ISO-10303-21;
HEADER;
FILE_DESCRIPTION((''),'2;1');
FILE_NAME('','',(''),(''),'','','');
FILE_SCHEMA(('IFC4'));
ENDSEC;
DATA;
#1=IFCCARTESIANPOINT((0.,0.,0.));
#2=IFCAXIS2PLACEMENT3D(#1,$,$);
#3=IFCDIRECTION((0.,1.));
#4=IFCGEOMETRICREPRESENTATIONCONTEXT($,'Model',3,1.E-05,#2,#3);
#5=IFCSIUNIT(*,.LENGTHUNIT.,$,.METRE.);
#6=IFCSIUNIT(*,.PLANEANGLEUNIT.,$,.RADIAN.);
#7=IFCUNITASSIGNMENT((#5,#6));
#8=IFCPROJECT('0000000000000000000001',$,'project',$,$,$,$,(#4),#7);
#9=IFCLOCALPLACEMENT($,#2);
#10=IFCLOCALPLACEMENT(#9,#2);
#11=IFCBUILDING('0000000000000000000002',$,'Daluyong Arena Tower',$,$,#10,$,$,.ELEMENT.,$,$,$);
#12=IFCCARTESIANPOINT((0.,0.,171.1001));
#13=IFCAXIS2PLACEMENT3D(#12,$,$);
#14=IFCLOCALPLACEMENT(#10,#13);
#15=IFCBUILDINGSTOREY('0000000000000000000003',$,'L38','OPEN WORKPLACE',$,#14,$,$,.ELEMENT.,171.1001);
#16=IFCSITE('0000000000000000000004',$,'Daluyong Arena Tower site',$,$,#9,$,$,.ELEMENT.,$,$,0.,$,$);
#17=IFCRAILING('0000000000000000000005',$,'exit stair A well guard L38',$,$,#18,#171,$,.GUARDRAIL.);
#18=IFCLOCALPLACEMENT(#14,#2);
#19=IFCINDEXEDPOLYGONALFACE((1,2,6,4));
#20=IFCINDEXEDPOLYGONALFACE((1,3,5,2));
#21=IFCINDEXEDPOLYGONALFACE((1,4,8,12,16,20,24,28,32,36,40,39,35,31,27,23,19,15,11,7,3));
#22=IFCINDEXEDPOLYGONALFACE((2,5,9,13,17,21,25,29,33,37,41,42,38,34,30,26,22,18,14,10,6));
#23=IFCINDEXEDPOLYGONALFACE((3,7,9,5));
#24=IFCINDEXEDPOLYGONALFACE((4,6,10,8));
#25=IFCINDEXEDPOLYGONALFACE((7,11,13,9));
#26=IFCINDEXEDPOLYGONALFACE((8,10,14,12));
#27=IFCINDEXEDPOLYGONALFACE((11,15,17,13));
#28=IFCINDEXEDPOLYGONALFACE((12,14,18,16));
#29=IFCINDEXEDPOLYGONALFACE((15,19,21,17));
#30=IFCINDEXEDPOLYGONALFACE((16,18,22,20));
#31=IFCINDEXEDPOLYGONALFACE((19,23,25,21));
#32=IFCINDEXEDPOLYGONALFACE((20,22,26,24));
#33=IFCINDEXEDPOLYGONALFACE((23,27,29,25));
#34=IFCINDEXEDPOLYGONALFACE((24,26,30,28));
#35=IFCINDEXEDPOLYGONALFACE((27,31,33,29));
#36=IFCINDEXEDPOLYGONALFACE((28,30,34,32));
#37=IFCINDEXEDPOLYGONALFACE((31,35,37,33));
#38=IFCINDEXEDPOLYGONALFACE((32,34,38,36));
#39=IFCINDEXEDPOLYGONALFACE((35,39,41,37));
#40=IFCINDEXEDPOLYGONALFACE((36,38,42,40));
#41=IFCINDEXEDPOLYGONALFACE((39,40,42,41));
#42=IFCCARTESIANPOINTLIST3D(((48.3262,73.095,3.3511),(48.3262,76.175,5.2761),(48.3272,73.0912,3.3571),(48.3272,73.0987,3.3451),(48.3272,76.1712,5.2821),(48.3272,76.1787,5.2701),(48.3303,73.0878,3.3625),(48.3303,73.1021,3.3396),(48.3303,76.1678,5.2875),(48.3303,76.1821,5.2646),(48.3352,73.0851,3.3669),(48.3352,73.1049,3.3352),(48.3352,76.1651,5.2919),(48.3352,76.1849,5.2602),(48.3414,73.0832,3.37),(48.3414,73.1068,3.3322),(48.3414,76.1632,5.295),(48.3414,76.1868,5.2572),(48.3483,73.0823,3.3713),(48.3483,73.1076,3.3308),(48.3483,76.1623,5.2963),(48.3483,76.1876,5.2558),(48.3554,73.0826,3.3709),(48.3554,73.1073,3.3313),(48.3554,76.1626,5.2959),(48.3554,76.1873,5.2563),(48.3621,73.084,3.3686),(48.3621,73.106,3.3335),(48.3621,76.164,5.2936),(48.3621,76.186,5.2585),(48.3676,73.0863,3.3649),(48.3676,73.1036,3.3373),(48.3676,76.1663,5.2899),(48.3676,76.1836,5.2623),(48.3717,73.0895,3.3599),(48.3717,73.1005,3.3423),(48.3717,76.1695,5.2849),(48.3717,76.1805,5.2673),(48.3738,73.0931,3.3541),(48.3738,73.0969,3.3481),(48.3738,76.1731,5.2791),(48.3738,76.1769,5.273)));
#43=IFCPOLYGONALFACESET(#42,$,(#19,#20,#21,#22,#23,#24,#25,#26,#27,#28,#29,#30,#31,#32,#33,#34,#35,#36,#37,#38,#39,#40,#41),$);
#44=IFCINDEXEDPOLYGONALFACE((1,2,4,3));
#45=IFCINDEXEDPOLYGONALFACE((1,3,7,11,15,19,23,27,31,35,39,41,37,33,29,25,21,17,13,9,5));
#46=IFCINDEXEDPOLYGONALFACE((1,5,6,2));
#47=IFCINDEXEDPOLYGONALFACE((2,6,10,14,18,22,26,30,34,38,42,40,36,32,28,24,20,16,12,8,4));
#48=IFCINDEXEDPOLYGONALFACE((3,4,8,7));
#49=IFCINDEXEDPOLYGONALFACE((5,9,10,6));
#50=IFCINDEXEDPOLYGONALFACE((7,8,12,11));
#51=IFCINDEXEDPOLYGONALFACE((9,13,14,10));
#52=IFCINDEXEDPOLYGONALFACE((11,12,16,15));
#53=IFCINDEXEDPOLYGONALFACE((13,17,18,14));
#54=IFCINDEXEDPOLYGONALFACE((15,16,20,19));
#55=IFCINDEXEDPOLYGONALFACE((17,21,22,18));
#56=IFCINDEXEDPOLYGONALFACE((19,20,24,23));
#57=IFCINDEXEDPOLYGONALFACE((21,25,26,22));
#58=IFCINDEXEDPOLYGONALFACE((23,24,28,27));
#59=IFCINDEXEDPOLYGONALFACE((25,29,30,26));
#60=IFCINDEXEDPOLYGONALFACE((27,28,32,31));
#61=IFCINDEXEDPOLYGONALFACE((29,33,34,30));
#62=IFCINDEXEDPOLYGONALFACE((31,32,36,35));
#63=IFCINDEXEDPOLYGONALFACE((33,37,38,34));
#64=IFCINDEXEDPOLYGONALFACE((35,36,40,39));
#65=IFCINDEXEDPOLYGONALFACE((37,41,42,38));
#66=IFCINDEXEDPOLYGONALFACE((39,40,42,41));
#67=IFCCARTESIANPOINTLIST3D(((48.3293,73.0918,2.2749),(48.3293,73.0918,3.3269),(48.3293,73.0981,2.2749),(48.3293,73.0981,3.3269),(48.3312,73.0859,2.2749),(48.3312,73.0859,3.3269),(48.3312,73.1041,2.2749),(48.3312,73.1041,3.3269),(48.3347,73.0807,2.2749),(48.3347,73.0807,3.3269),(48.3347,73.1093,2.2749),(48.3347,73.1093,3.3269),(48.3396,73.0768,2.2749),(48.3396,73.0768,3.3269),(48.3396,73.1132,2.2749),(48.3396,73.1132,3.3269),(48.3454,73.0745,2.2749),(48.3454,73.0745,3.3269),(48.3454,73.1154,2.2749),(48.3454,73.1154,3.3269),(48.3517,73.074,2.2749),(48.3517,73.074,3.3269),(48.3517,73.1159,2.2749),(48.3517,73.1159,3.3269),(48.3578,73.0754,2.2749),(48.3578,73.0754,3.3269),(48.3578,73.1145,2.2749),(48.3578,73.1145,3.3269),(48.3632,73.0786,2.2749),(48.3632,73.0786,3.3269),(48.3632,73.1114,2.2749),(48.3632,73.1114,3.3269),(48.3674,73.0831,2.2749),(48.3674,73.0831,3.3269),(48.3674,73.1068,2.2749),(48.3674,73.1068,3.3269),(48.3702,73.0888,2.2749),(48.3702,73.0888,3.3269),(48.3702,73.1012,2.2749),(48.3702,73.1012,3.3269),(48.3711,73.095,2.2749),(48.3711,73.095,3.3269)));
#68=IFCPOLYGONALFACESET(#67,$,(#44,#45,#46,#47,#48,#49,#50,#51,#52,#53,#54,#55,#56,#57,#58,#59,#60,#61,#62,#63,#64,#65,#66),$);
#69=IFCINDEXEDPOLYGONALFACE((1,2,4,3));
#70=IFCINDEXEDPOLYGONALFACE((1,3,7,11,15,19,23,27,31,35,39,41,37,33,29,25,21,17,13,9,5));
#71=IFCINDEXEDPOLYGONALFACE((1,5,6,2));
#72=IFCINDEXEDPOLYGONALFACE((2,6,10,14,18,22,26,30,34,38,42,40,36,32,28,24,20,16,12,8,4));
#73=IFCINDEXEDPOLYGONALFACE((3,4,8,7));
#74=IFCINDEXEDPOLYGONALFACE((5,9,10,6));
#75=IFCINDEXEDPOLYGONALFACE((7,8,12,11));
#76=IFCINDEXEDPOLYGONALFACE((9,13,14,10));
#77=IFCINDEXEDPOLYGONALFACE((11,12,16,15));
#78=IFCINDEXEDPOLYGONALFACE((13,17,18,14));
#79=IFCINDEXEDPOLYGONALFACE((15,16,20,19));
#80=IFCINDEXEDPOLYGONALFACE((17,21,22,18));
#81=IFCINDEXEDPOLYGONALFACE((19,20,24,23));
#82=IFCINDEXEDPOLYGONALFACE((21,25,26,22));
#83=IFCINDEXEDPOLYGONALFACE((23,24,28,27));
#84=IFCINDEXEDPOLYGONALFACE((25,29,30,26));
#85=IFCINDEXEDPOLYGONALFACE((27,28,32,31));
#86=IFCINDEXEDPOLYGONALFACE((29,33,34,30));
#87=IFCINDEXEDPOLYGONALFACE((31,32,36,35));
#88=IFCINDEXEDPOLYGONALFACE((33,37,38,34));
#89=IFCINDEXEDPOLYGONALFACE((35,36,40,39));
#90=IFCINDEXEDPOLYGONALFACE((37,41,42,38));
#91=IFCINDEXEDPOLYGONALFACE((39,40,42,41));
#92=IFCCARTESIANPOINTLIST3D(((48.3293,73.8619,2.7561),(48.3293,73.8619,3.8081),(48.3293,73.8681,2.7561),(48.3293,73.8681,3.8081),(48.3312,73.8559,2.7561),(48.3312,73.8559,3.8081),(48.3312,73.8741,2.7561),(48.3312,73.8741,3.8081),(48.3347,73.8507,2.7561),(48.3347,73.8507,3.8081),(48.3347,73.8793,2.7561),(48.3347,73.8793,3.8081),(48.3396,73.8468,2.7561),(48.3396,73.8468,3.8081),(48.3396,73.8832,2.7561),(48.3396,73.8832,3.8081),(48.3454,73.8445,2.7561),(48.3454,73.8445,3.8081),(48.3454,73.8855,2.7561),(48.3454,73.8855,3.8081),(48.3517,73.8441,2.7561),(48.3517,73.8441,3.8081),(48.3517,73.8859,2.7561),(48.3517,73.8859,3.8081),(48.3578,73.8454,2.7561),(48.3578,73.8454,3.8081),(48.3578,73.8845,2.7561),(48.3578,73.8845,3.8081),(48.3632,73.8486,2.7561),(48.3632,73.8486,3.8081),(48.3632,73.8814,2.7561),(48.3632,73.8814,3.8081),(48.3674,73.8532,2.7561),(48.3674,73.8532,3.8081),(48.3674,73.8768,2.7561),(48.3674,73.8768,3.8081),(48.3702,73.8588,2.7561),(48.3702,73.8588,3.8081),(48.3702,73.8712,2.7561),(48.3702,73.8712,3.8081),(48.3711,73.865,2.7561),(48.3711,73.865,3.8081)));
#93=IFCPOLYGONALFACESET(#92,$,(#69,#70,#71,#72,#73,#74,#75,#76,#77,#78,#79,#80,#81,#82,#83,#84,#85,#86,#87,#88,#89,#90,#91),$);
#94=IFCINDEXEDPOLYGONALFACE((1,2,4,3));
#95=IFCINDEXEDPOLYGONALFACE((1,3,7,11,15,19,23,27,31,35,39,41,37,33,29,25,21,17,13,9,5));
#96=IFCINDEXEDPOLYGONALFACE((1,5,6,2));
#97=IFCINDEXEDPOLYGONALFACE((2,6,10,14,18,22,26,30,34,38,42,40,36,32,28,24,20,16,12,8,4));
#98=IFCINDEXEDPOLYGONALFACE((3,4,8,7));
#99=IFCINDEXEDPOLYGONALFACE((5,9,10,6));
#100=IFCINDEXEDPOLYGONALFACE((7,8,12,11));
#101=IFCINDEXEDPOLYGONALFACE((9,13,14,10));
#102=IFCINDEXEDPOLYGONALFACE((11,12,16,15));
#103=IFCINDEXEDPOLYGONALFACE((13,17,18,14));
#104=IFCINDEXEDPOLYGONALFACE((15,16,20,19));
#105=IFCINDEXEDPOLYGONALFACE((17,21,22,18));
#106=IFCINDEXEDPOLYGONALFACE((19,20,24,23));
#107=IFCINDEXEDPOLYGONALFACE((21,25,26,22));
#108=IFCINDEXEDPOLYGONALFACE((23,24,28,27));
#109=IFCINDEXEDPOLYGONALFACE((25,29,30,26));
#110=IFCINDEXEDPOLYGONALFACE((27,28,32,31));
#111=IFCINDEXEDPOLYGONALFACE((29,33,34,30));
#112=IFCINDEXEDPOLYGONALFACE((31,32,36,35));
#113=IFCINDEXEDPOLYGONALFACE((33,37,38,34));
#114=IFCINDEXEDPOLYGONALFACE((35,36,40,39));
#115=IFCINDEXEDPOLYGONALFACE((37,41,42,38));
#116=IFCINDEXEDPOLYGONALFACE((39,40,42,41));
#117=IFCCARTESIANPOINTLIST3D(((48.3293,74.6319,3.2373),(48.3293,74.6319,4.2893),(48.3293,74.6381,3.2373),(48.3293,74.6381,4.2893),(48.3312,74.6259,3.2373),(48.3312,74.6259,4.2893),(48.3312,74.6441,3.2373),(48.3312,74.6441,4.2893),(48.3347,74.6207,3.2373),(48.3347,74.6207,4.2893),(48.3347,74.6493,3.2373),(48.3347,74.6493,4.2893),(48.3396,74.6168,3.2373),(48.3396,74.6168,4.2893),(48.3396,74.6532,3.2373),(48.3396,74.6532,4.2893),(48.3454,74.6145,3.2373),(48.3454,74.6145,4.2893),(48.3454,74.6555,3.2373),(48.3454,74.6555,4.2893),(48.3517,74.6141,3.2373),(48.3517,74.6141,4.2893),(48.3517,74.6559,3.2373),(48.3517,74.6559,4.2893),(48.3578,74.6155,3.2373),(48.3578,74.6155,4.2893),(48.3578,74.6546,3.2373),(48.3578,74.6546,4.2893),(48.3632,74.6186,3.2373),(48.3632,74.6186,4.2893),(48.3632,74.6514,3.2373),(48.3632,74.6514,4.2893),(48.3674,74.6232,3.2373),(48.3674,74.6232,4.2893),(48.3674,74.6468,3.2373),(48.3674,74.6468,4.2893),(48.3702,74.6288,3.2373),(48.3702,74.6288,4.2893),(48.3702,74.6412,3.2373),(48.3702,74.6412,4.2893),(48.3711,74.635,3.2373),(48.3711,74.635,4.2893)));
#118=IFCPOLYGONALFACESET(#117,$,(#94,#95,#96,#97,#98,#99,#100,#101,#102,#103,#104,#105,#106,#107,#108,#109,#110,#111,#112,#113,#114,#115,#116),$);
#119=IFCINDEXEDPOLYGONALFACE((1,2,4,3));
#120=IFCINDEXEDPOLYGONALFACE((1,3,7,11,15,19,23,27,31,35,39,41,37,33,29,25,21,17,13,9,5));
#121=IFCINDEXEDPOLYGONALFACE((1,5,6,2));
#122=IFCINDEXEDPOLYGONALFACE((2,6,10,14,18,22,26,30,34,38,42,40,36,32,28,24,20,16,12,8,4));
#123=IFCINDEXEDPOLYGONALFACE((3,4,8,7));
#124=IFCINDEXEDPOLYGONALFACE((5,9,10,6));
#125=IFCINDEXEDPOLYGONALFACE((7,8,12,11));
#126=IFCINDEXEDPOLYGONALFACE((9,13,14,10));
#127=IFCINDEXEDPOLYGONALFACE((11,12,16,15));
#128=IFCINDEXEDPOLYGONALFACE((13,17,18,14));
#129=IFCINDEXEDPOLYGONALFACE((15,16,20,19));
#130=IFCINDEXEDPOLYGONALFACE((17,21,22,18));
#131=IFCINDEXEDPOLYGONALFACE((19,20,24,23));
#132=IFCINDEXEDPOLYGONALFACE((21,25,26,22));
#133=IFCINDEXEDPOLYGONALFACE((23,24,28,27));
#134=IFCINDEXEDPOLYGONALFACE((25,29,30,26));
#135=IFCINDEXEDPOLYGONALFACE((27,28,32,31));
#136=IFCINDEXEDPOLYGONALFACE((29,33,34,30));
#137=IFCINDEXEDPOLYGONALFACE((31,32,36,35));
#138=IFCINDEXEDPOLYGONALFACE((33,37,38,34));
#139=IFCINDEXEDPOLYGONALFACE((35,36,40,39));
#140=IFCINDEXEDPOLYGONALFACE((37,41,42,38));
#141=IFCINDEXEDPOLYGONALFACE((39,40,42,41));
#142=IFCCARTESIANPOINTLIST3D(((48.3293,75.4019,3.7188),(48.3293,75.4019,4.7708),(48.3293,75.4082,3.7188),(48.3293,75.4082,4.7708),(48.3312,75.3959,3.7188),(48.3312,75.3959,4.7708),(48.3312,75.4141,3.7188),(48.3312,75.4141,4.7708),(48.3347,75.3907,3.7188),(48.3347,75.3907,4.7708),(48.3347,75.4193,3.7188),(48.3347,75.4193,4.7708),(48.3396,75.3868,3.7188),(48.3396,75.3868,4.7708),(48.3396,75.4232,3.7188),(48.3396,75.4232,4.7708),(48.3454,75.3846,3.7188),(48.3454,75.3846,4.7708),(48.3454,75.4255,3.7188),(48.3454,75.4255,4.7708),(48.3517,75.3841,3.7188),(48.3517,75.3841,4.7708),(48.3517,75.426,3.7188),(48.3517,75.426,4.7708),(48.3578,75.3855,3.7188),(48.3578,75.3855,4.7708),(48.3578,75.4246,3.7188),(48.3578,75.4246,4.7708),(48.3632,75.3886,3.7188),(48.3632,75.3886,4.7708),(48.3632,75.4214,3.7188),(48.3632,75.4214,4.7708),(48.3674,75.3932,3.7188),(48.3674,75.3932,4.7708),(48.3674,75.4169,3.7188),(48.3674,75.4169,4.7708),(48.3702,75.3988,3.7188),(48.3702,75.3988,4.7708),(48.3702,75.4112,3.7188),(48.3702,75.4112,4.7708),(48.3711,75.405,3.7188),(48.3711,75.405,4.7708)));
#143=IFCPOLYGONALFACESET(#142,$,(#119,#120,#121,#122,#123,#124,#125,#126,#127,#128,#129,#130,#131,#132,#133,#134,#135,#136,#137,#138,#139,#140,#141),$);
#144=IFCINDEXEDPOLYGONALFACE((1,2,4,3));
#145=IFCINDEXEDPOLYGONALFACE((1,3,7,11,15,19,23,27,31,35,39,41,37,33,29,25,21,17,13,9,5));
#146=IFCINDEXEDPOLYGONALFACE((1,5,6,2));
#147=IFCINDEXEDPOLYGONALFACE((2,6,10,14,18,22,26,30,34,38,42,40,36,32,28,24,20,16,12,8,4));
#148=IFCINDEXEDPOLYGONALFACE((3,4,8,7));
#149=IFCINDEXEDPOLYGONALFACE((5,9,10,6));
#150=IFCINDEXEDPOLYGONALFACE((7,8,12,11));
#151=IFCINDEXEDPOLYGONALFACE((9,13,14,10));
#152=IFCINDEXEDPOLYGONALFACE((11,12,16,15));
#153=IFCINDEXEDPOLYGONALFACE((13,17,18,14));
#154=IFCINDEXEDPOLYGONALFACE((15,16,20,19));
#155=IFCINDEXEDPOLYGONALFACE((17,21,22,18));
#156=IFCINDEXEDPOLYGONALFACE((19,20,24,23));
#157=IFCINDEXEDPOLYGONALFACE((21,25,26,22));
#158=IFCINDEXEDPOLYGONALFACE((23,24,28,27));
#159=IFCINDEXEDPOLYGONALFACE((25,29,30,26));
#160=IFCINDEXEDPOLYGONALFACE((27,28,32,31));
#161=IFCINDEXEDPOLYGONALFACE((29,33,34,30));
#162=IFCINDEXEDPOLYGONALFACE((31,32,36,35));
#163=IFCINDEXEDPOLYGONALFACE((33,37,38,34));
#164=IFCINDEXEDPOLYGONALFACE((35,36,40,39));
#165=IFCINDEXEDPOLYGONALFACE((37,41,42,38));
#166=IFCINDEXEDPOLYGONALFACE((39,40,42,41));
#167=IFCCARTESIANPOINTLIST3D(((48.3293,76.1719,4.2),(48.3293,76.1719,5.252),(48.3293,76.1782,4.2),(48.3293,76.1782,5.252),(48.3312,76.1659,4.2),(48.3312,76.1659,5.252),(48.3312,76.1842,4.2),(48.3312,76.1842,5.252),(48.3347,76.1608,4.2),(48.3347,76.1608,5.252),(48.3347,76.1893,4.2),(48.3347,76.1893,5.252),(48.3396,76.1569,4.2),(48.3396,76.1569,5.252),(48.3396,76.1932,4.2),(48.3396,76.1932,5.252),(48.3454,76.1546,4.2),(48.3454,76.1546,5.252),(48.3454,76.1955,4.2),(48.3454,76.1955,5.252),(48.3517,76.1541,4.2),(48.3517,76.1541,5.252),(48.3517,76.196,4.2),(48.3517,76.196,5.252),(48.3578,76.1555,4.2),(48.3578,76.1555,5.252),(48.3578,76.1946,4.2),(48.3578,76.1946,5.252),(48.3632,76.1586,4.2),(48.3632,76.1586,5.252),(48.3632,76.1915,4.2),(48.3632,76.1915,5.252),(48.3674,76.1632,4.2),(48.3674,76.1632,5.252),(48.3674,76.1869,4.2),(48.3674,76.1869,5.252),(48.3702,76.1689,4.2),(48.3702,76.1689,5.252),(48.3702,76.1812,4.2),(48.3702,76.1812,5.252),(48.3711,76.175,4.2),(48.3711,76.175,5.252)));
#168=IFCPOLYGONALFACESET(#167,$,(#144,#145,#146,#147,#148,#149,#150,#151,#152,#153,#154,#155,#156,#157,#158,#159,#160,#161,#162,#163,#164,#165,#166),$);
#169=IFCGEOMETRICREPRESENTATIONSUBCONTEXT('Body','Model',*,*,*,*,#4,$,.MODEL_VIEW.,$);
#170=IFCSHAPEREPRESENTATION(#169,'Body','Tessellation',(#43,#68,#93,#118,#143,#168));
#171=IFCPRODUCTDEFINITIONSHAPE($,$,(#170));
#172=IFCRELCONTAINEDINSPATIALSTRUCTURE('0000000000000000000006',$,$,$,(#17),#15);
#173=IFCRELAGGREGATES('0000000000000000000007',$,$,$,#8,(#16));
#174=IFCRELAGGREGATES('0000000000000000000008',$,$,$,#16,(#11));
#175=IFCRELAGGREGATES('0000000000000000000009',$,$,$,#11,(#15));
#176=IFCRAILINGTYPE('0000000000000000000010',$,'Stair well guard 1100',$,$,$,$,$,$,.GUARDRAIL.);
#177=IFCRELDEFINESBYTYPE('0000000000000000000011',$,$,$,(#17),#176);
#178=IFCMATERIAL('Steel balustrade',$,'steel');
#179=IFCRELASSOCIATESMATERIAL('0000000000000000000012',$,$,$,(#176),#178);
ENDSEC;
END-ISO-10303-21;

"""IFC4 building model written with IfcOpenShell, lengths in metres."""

from ifc_helpers import new_model, si_unit, direction, frame, origin, origin_2d, place, context, subcontext, project, spatial, circle, extrude, material, type_object, element, save


model = new_model("IFC4")

# Units and contexts
model_context = context("Model", 3, precision=1e-05, world=origin(), true_north=direction((0.0, 1.0)))
body_context = subcontext(model_context, "Body", "Model", "MODEL_VIEW")
ifc_project = project(units=[si_unit("LENGTHUNIT", "METRE"), si_unit("PLANEANGLEUNIT", "RADIAN")], contexts=[model_context])

# Site, building, storey
site_placement = place(None, origin())
site = spatial("IfcSite", under=ifc_project, at=site_placement, Name="Daluyong Arena Tower site", CompositionType="ELEMENT", RefElevation=0.0)
building_placement = place(site_placement, origin())
building = spatial("IfcBuilding", under=site, at=building_placement, Name="Daluyong Arena Tower", CompositionType="ELEMENT")
storey_placement = place(building_placement, frame((0.0, 0.0, 171.1001)))
storey = spatial("IfcBuildingStorey", under=building, at=storey_placement, Name="L38", Description="OPEN WORKPLACE", CompositionType="ELEMENT", Elevation=171.1001)

# Railing
ifc_material_1 = material(Name="Steel balustrade", Category="steel")
railing_type_1 = type_object("IfcRailingType", Name="Stair well guard 1100", PredefinedType="GUARDRAIL", material=ifc_material_1)
railing_1_placement = place(storey_placement, frame((48.3501, 73.095, 2.2749)))
element("IfcRailing", 1, at=railing_1_placement, inside=storey, type_object=railing_type_1, Name="exit stair A well guard L38", PredefinedType="GUARDRAIL", context=body_context, shape_type="SweptSolid", body=[
    extrude(circle(Radius=0.0239, at=origin_2d()), frame((0.0, 0.0, 1.0762), z_axis=(0.0, 0.847998, 0.529999), x_axis=(-1.0, 0.0, 0.0)), (0.0, 0.0, 1.0), 3.6321),
    extrude(circle(Radius=0.021, at=origin_2d()), origin(), (0.0, 0.0, 1.0), 1.052),
    extrude(circle(Radius=0.021, at=origin_2d()), frame((0.0, 0.77, 0.4812)), (0.0, 0.0, 1.0), 1.052),
    extrude(circle(Radius=0.021, at=origin_2d()), frame((0.0, 1.54, 0.9624)), (0.0, 0.0, 1.0), 1.052),
    extrude(circle(Radius=0.021, at=origin_2d()), frame((0.0, 2.3101, 1.4438)), (0.0, 0.0, 1.0), 1.052),
    extrude(circle(Radius=0.021, at=origin_2d()), frame((0.0, 3.0801, 1.925)), (0.0, 0.0, 1.0), 1.052),
])

save(model, "model.ifc")
